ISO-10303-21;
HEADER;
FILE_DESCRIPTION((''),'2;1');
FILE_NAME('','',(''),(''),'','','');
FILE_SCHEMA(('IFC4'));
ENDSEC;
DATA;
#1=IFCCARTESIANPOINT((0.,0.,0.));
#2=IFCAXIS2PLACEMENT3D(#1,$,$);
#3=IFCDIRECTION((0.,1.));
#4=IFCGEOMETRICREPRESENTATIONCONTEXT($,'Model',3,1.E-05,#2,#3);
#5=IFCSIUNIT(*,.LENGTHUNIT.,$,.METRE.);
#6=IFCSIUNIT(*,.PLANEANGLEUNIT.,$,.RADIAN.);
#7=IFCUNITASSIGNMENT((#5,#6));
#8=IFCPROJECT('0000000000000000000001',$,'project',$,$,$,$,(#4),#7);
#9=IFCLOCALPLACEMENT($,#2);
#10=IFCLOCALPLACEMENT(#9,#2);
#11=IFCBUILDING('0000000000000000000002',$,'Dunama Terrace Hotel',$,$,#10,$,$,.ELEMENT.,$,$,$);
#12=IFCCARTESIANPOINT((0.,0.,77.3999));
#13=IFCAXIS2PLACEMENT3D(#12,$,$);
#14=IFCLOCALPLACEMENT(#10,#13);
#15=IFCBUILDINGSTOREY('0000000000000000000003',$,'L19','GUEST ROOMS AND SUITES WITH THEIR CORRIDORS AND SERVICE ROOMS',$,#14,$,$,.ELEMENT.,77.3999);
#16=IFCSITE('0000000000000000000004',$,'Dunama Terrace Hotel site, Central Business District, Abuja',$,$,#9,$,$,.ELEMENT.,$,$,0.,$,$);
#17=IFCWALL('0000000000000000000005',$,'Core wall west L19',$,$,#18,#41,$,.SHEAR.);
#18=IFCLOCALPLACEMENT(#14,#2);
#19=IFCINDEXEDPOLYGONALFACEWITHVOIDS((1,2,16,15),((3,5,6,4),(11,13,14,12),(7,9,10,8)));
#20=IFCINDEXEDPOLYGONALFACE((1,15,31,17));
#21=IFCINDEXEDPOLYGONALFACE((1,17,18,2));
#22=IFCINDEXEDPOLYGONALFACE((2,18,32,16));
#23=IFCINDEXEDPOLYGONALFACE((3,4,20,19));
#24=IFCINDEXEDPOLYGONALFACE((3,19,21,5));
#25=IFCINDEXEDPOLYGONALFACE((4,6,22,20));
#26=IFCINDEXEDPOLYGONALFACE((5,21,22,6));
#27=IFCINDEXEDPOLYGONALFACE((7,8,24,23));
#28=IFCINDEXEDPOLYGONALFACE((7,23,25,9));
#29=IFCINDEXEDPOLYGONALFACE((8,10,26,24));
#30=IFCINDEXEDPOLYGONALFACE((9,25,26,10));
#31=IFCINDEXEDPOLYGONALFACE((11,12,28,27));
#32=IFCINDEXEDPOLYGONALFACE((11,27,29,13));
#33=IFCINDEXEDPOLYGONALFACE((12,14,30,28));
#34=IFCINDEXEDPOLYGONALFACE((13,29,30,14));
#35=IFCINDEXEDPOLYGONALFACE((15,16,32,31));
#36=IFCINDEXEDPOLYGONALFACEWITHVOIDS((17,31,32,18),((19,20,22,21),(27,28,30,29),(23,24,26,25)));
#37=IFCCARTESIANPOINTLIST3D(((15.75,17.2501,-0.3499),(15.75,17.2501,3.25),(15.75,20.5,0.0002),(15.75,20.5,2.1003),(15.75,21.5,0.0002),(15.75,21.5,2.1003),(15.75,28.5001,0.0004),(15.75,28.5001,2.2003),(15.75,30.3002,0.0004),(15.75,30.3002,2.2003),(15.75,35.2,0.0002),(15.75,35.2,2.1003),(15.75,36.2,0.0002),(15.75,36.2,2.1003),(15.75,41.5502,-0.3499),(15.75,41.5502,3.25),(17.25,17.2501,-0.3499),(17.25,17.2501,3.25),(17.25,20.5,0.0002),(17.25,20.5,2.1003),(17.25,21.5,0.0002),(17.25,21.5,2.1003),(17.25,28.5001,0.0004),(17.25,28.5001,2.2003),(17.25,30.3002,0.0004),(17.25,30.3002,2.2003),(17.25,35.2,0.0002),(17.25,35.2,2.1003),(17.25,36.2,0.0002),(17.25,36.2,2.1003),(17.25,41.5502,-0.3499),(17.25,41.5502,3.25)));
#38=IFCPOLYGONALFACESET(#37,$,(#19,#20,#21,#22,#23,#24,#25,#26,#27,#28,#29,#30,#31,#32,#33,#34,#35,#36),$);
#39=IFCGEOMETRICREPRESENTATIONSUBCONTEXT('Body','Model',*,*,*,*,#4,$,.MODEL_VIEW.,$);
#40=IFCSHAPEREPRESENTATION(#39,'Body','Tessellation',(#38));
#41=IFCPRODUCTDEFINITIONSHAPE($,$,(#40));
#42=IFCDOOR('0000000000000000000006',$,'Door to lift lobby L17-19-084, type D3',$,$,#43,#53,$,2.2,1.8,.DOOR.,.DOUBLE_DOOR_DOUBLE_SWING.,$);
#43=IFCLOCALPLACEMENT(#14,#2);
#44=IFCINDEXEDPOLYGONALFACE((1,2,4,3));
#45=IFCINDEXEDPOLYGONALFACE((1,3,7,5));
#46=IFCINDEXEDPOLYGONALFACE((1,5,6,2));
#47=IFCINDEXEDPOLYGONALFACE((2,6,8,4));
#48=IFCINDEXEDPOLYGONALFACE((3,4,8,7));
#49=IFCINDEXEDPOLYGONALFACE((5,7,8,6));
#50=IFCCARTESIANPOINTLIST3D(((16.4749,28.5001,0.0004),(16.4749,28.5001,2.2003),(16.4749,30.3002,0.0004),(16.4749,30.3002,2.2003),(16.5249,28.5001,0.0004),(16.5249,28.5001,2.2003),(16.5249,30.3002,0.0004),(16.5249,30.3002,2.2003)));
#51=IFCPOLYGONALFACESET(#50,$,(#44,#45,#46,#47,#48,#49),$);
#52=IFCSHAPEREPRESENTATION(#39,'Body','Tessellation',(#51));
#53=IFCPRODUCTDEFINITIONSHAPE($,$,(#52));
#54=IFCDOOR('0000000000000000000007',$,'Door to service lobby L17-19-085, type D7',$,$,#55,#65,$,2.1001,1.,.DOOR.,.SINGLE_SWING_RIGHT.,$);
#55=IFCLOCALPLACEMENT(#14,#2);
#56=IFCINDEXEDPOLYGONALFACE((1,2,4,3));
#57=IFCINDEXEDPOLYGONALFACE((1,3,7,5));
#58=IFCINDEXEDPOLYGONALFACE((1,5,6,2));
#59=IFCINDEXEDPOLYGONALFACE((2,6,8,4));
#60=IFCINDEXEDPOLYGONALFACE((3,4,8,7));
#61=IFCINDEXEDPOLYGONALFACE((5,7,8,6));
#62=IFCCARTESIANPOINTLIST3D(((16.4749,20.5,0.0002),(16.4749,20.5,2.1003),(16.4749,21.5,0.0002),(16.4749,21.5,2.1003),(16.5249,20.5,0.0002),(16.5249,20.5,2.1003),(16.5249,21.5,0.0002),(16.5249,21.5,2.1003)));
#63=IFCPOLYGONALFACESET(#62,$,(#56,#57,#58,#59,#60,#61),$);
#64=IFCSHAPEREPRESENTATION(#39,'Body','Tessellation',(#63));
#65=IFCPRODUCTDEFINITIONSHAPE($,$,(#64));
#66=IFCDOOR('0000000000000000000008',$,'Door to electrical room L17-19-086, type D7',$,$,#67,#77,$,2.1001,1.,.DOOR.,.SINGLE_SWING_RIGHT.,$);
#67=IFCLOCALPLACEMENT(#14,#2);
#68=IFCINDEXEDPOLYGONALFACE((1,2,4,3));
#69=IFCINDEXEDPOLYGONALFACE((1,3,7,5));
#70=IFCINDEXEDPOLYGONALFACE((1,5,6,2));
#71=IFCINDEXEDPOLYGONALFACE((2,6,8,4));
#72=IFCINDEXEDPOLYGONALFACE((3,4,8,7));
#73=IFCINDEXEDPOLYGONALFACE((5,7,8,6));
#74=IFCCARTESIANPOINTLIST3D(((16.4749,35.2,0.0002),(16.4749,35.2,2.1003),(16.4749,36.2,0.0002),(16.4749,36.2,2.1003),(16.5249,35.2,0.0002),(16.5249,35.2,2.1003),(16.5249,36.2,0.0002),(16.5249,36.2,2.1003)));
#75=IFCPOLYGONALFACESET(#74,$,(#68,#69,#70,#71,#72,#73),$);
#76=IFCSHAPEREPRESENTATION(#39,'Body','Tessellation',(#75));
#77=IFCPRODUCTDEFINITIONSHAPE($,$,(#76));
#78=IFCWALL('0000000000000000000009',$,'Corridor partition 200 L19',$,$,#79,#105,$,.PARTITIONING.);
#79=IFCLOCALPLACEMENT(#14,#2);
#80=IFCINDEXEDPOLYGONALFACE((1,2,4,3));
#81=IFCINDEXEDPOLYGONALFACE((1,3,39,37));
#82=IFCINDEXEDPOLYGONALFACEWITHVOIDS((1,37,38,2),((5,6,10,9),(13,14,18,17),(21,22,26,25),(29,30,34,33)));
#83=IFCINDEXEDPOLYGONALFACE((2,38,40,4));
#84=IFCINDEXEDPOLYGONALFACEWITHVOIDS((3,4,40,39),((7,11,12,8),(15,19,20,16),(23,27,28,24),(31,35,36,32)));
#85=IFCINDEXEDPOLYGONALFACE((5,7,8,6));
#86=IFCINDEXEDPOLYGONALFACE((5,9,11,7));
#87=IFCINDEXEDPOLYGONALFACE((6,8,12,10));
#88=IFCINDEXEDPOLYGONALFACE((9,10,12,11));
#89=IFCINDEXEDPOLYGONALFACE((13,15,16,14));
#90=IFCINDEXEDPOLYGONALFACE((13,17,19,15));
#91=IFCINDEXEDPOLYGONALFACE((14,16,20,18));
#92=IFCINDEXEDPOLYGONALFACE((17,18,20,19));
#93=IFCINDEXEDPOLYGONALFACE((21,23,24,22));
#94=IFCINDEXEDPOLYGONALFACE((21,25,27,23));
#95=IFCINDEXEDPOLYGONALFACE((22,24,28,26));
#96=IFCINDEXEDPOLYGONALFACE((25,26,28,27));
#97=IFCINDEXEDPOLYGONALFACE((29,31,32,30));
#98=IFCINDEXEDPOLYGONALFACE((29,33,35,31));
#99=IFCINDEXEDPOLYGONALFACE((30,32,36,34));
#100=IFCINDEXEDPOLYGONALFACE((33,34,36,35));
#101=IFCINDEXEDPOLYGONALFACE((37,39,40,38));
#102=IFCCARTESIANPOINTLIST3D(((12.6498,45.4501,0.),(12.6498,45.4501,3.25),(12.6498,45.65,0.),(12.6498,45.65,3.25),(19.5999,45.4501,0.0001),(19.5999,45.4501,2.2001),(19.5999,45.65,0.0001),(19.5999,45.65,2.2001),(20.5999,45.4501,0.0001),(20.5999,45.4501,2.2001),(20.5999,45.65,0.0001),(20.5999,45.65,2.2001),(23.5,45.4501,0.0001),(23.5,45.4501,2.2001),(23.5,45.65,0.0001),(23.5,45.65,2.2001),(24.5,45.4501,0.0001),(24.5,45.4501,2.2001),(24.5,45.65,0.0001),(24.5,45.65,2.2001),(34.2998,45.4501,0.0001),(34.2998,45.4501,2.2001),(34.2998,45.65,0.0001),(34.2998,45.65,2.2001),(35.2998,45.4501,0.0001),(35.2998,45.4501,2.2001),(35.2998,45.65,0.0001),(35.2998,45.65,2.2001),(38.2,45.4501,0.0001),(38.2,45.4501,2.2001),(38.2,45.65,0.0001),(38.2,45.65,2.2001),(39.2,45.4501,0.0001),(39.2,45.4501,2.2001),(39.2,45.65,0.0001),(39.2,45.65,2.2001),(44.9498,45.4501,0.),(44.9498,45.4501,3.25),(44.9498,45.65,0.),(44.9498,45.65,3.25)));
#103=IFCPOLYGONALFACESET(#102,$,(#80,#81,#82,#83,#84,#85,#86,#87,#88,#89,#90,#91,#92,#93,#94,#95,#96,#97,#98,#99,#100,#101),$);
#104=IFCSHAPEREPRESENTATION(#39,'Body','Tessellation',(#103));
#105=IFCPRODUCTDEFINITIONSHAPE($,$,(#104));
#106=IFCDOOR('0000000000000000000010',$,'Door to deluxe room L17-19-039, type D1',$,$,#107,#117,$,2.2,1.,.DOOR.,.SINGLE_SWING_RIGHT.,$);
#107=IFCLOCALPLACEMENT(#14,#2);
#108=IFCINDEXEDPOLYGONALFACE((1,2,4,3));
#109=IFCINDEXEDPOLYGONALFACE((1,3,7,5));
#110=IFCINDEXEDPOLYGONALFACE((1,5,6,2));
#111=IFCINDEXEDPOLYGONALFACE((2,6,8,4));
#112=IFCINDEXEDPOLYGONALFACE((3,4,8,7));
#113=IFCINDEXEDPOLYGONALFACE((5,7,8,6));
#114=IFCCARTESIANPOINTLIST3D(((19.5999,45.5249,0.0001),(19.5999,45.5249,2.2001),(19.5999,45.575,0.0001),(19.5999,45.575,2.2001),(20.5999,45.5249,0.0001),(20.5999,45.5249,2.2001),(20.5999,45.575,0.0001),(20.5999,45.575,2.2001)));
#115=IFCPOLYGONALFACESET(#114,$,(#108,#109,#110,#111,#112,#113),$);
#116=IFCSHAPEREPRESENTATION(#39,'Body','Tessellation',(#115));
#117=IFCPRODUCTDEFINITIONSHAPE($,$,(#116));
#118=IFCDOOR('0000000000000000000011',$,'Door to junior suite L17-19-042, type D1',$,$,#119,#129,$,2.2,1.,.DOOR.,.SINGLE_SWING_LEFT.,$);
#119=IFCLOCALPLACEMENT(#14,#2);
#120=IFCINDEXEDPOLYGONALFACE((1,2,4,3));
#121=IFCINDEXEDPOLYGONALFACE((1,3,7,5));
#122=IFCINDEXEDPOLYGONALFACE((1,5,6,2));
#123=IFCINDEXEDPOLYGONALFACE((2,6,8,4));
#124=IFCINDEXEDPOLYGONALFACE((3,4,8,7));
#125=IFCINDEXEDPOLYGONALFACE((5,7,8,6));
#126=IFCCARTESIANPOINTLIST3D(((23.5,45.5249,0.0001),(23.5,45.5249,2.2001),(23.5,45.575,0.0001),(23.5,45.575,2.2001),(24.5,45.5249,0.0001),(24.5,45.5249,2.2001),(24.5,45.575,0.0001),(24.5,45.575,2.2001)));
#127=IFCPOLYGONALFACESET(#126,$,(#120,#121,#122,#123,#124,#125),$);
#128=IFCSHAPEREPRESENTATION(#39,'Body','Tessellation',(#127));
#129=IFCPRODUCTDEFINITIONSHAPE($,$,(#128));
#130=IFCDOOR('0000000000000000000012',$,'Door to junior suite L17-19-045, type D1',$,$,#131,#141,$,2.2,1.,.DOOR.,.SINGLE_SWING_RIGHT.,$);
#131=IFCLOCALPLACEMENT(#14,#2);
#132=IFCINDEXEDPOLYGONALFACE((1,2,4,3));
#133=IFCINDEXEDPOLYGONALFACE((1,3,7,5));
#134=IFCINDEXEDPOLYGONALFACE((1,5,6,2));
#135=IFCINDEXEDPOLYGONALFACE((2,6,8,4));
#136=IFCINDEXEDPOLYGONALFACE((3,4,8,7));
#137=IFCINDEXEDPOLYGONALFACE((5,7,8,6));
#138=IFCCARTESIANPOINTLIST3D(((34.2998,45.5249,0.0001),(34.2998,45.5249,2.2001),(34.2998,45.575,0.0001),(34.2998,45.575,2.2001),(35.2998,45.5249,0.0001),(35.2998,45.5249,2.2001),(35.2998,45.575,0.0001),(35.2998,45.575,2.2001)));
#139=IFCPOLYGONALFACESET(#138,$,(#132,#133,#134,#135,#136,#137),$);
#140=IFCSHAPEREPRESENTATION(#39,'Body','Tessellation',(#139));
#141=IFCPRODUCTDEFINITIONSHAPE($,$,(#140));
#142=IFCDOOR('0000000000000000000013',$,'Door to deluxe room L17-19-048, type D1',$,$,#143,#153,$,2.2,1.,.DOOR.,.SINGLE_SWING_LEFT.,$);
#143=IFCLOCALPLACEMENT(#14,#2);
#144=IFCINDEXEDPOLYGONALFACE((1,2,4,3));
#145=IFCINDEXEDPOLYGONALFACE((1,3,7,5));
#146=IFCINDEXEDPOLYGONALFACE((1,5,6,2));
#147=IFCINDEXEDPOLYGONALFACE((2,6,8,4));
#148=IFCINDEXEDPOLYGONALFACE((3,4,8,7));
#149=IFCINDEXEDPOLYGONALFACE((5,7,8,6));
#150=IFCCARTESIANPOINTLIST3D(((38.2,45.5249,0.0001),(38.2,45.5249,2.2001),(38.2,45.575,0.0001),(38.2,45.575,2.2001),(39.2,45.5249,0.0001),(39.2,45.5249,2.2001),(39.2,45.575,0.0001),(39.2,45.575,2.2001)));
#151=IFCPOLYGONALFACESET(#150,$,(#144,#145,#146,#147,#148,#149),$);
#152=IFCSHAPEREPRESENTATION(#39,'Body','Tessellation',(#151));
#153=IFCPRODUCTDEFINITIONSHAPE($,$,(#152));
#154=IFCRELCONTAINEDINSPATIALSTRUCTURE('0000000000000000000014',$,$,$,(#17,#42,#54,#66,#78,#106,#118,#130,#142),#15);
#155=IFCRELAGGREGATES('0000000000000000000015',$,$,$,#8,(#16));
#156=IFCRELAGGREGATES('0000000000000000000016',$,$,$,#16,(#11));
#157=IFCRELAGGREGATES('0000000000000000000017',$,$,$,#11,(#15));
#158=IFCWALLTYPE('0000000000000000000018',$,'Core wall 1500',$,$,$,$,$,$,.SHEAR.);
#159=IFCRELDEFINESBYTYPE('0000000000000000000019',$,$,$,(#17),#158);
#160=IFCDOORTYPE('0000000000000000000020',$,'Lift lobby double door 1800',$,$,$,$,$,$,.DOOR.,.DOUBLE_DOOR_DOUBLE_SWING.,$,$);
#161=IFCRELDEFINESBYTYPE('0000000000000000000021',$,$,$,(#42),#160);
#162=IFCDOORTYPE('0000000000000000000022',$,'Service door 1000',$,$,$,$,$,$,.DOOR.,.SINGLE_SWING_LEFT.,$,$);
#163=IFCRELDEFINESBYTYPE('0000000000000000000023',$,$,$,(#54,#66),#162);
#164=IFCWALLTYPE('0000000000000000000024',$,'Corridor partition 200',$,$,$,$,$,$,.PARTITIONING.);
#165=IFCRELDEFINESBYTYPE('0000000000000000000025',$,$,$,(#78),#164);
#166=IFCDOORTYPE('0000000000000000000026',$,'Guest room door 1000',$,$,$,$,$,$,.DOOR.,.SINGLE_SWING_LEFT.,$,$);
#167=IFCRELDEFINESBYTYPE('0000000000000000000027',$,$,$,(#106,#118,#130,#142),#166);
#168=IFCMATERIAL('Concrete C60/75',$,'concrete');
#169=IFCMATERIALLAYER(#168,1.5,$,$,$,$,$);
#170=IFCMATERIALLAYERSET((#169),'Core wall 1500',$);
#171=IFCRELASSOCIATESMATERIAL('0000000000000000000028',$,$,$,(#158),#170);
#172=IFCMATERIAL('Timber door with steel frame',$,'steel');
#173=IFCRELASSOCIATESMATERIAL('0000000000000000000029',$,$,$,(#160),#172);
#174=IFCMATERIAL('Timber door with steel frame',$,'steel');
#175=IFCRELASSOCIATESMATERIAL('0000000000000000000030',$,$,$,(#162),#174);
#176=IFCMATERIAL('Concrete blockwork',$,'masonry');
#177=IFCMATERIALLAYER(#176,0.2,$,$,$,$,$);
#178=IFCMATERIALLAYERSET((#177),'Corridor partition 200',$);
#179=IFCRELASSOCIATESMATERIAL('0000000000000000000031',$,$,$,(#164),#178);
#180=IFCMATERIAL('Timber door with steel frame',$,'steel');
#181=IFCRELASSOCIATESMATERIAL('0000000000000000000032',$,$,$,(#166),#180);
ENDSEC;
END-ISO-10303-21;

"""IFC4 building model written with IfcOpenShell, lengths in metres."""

from ifc_helpers import new_model, si_unit, direction, frame, frame_2d, origin, place, context, subcontext, project, spatial, rectangle, extrude, material, layer, layer_set, type_object, element, fill, save


model = new_model("IFC4")

# Units and contexts
model_context = context("Model", 3, precision=1e-05, world=origin(), true_north=direction((0.0, 1.0)))
body_context = subcontext(model_context, "Body", "Model", "MODEL_VIEW")
ifc_project = project(units=[si_unit("LENGTHUNIT", "METRE"), si_unit("PLANEANGLEUNIT", "RADIAN")], contexts=[model_context])

# Site, building, storey
site_placement = place(None, origin())
site = spatial("IfcSite", under=ifc_project, at=site_placement, Name="Dunama Terrace Hotel site, Central Business District, Abuja", CompositionType="ELEMENT", RefElevation=0.0)
building_placement = place(site_placement, origin())
building = spatial("IfcBuilding", under=site, at=building_placement, Name="Dunama Terrace Hotel", CompositionType="ELEMENT")
storey_placement = place(building_placement, frame((0.0, 0.0, 77.3999)))
storey = spatial("IfcBuildingStorey", under=building, at=storey_placement, Name="L19", Description="GUEST ROOMS AND SUITES WITH THEIR CORRIDORS AND SERVICE ROOMS", CompositionType="ELEMENT", Elevation=77.3999)

# Walls, openings, doors
ifc_material_1 = material(Name="Concrete C60/75", Category="concrete")
ifc_layer_1 = layer(ifc_material_1, 1.5)
ifc_layer_set_1 = layer_set([ifc_layer_1], Name="Core wall 1500")
wall_type_1 = type_object("IfcWallType", Name="Core wall 1500", PredefinedType="SHEAR", material=ifc_layer_set_1)
wall_1_placement = place(storey_placement, frame((16.5, 41.55, -0.3499), z_axis=(0.0, 0.0, 1.0), x_axis=(0.0, -1.0, 0.0)))
wall_1 = element("IfcWall", 1, at=wall_1_placement, inside=storey, type_object=wall_type_1, Name="Core wall west L19", PredefinedType="SHEAR", context=body_context, shape_type="SweptSolid", body=[
    extrude(rectangle(XDim=24.3, YDim=1.5, at=frame_2d((12.1499, 0.0))), origin(), (0.0, 0.0, 1.0), 3.5999),
])
opening_1_placement = place(wall_1_placement, frame((11.25, 0.0, 0.3501)))
opening_1 = element("IfcOpeningElement", 2, at=opening_1_placement, cuts=wall_1, PredefinedType="OPENING", context=body_context, shape_type="SweptSolid", body=[
    extrude(rectangle(XDim=1.8, YDim=2.2, at=frame_2d((0.8999, 1.1001))), frame((0.0, 0.76, 0.0), z_axis=(0.0, -1.0, 0.0), x_axis=(1.0, 0.0, 0.0)), (0.0, 0.0, 1.0), 1.52),
])
opening_2_placement = place(wall_1_placement, frame((20.05, 0.0, 0.3501)))
opening_2 = element("IfcOpeningElement", 3, at=opening_2_placement, cuts=wall_1, PredefinedType="OPENING", context=body_context, shape_type="SweptSolid", body=[
    extrude(rectangle(XDim=1.0, YDim=2.1001, at=frame_2d((0.5, 1.05))), frame((0.0, 0.76, 0.0), z_axis=(0.0, -1.0, 0.0), x_axis=(1.0, 0.0, 0.0)), (0.0, 0.0, 1.0), 1.52),
])
opening_3_placement = place(wall_1_placement, frame((5.3501, 0.0, 0.3501)))
opening_3 = element("IfcOpeningElement", 4, at=opening_3_placement, cuts=wall_1, PredefinedType="OPENING", context=body_context, shape_type="SweptSolid", body=[
    extrude(rectangle(XDim=1.0, YDim=2.1001, at=frame_2d((0.5, 1.05))), frame((0.0, 0.76, 0.0), z_axis=(0.0, -1.0, 0.0), x_axis=(1.0, 0.0, 0.0)), (0.0, 0.0, 1.0), 1.52),
])
ifc_material_2 = material(Name="Timber door with steel frame", Category="steel")
door_type_1 = type_object("IfcDoorType", Name="Lift lobby double door 1800", OperationType="DOUBLE_DOOR_DOUBLE_SWING", PredefinedType="DOOR", material=ifc_material_2)
door_1_placement = place(opening_1_placement, origin())
door_1 = element("IfcDoor", 5, at=door_1_placement, inside=storey, type_object=door_type_1, Name="Door to lift lobby L17-19-084, type D3", OperationType="DOUBLE_DOOR_DOUBLE_SWING", OverallHeight=2.2, OverallWidth=1.8, PredefinedType="DOOR", context=body_context, shape_type="SweptSolid", body=[
    extrude(rectangle(XDim=1.8, YDim=2.2, at=frame_2d((0.8999, 1.1001))), frame((0.0, 0.0249, 0.0), z_axis=(0.0, -1.0, 0.0), x_axis=(1.0, 0.0, 0.0)), (0.0, 0.0, 1.0), 0.05),
])
fill(opening_1, door_1)
ifc_material_3 = material(Name="Timber door with steel frame", Category="steel")
door_type_2 = type_object("IfcDoorType", Name="Service door 1000", OperationType="SINGLE_SWING_LEFT", PredefinedType="DOOR", material=ifc_material_3)
door_2_placement = place(opening_2_placement, origin())
door_2 = element("IfcDoor", 6, at=door_2_placement, inside=storey, type_object=door_type_2, Name="Door to service lobby L17-19-085, type D7", OperationType="SINGLE_SWING_RIGHT", OverallHeight=2.1001, OverallWidth=1.0, PredefinedType="DOOR", context=body_context, shape_type="SweptSolid", body=[
    extrude(rectangle(XDim=1.0, YDim=2.1001, at=frame_2d((0.5, 1.05))), frame((0.0, 0.0249, 0.0), z_axis=(0.0, -1.0, 0.0), x_axis=(1.0, 0.0, 0.0)), (0.0, 0.0, 1.0), 0.05),
])
fill(opening_2, door_2)
door_3_placement = place(opening_3_placement, origin())
door_3 = element("IfcDoor", 7, at=door_3_placement, inside=storey, type_object=door_type_2, Name="Door to electrical room L17-19-086, type D7", OperationType="SINGLE_SWING_RIGHT", OverallHeight=2.1001, OverallWidth=1.0, PredefinedType="DOOR", context=body_context, shape_type="SweptSolid", body=[
    extrude(rectangle(XDim=1.0, YDim=2.1001, at=frame_2d((0.5, 1.05))), frame((0.0, 0.0249, 0.0), z_axis=(0.0, -1.0, 0.0), x_axis=(1.0, 0.0, 0.0)), (0.0, 0.0, 1.0), 0.05),
])
fill(opening_3, door_3)
ifc_material_4 = material(Name="Concrete blockwork", Category="masonry")
ifc_layer_2 = layer(ifc_material_4, 0.2)
ifc_layer_set_2 = layer_set([ifc_layer_2], Name="Corridor partition 200")
wall_type_2 = type_object("IfcWallType", Name="Corridor partition 200", PredefinedType="PARTITIONING", material=ifc_layer_set_2)
wall_2_placement = place(storey_placement, frame((12.6499, 45.55, 0.0), z_axis=(0.0, 0.0, 1.0), x_axis=(1.0, 0.0, 0.0)))
wall_2 = element("IfcWall", 8, at=wall_2_placement, inside=storey, type_object=wall_type_2, Name="Corridor partition 200 L19", PredefinedType="PARTITIONING", context=body_context, shape_type="SweptSolid", body=[
    extrude(rectangle(XDim=32.3, YDim=0.2, at=frame_2d((16.1499, 0.0))), origin(), (0.0, 0.0, 1.0), 3.25),
])
opening_4_placement = place(wall_2_placement, frame((6.95, 0.0, 0.0)))
opening_4 = element("IfcOpeningElement", 9, at=opening_4_placement, cuts=wall_2, PredefinedType="OPENING", context=body_context, shape_type="SweptSolid", body=[
    extrude(rectangle(XDim=1.0, YDim=2.2, at=frame_2d((0.5, 1.1001))), frame((0.0, 0.1099, 0.0), z_axis=(0.0, -1.0, 0.0), x_axis=(1.0, 0.0, 0.0)), (0.0, 0.0, 1.0), 0.22),
])
opening_5_placement = place(wall_2_placement, frame((10.8501, 0.0, 0.0)))
opening_5 = element("IfcOpeningElement", 10, at=opening_5_placement, cuts=wall_2, PredefinedType="OPENING", context=body_context, shape_type="SweptSolid", body=[
    extrude(rectangle(XDim=1.0, YDim=2.2, at=frame_2d((0.5, 1.1001))), frame((0.0, 0.1099, 0.0), z_axis=(0.0, -1.0, 0.0), x_axis=(1.0, 0.0, 0.0)), (0.0, 0.0, 1.0), 0.22),
])
opening_6_placement = place(wall_2_placement, frame((21.6499, 0.0, 0.0)))
opening_6 = element("IfcOpeningElement", 11, at=opening_6_placement, cuts=wall_2, PredefinedType="OPENING", context=body_context, shape_type="SweptSolid", body=[
    extrude(rectangle(XDim=1.0, YDim=2.2, at=frame_2d((0.5, 1.1001))), frame((0.0, 0.1099, 0.0), z_axis=(0.0, -1.0, 0.0), x_axis=(1.0, 0.0, 0.0)), (0.0, 0.0, 1.0), 0.22),
])
opening_7_placement = place(wall_2_placement, frame((25.55, 0.0, 0.0)))
opening_7 = element("IfcOpeningElement", 12, at=opening_7_placement, cuts=wall_2, PredefinedType="OPENING", context=body_context, shape_type="SweptSolid", body=[
    extrude(rectangle(XDim=1.0, YDim=2.2, at=frame_2d((0.5, 1.1001))), frame((0.0, 0.1099, 0.0), z_axis=(0.0, -1.0, 0.0), x_axis=(1.0, 0.0, 0.0)), (0.0, 0.0, 1.0), 0.22),
])
ifc_material_5 = material(Name="Timber door with steel frame", Category="steel")
door_type_3 = type_object("IfcDoorType", Name="Guest room door 1000", OperationType="SINGLE_SWING_LEFT", PredefinedType="DOOR", material=ifc_material_5)
door_4_placement = place(opening_4_placement, origin())
door_4 = element("IfcDoor", 13, at=door_4_placement, inside=storey, type_object=door_type_3, Name="Door to deluxe room L17-19-039, type D1", OperationType="SINGLE_SWING_RIGHT", OverallHeight=2.2, OverallWidth=1.0, PredefinedType="DOOR", context=body_context, shape_type="SweptSolid", body=[
    extrude(rectangle(XDim=1.0, YDim=2.2, at=frame_2d((0.5, 1.1001))), frame((0.0, 0.0249, 0.0), z_axis=(0.0, -1.0, 0.0), x_axis=(1.0, 0.0, 0.0)), (0.0, 0.0, 1.0), 0.05),
])
fill(opening_4, door_4)
door_5_placement = place(opening_5_placement, origin())
door_5 = element("IfcDoor", 14, at=door_5_placement, inside=storey, type_object=door_type_3, Name="Door to junior suite L17-19-042, type D1", OperationType="SINGLE_SWING_LEFT", OverallHeight=2.2, OverallWidth=1.0, PredefinedType="DOOR", context=body_context, shape_type="SweptSolid", body=[
    extrude(rectangle(XDim=1.0, YDim=2.2, at=frame_2d((0.5, 1.1001))), frame((0.0, 0.0249, 0.0), z_axis=(0.0, -1.0, 0.0), x_axis=(1.0, 0.0, 0.0)), (0.0, 0.0, 1.0), 0.05),
])
fill(opening_5, door_5)
door_6_placement = place(opening_6_placement, origin())
door_6 = element("IfcDoor", 15, at=door_6_placement, inside=storey, type_object=door_type_3, Name="Door to junior suite L17-19-045, type D1", OperationType="SINGLE_SWING_RIGHT", OverallHeight=2.2, OverallWidth=1.0, PredefinedType="DOOR", context=body_context, shape_type="SweptSolid", body=[
    extrude(rectangle(XDim=1.0, YDim=2.2, at=frame_2d((0.5, 1.1001))), frame((0.0, 0.0249, 0.0), z_axis=(0.0, -1.0, 0.0), x_axis=(1.0, 0.0, 0.0)), (0.0, 0.0, 1.0), 0.05),
])
fill(opening_6, door_6)
door_7_placement = place(opening_7_placement, origin())
door_7 = element("IfcDoor", 16, at=door_7_placement, inside=storey, type_object=door_type_3, Name="Door to deluxe room L17-19-048, type D1", OperationType="SINGLE_SWING_LEFT", OverallHeight=2.2, OverallWidth=1.0, PredefinedType="DOOR", context=body_context, shape_type="SweptSolid", body=[
    extrude(rectangle(XDim=1.0, YDim=2.2, at=frame_2d((0.5, 1.1001))), frame((0.0, 0.0249, 0.0), z_axis=(0.0, -1.0, 0.0), x_axis=(1.0, 0.0, 0.0)), (0.0, 0.0, 1.0), 0.05),
])
fill(opening_7, door_7)

save(model, "model.ifc")
